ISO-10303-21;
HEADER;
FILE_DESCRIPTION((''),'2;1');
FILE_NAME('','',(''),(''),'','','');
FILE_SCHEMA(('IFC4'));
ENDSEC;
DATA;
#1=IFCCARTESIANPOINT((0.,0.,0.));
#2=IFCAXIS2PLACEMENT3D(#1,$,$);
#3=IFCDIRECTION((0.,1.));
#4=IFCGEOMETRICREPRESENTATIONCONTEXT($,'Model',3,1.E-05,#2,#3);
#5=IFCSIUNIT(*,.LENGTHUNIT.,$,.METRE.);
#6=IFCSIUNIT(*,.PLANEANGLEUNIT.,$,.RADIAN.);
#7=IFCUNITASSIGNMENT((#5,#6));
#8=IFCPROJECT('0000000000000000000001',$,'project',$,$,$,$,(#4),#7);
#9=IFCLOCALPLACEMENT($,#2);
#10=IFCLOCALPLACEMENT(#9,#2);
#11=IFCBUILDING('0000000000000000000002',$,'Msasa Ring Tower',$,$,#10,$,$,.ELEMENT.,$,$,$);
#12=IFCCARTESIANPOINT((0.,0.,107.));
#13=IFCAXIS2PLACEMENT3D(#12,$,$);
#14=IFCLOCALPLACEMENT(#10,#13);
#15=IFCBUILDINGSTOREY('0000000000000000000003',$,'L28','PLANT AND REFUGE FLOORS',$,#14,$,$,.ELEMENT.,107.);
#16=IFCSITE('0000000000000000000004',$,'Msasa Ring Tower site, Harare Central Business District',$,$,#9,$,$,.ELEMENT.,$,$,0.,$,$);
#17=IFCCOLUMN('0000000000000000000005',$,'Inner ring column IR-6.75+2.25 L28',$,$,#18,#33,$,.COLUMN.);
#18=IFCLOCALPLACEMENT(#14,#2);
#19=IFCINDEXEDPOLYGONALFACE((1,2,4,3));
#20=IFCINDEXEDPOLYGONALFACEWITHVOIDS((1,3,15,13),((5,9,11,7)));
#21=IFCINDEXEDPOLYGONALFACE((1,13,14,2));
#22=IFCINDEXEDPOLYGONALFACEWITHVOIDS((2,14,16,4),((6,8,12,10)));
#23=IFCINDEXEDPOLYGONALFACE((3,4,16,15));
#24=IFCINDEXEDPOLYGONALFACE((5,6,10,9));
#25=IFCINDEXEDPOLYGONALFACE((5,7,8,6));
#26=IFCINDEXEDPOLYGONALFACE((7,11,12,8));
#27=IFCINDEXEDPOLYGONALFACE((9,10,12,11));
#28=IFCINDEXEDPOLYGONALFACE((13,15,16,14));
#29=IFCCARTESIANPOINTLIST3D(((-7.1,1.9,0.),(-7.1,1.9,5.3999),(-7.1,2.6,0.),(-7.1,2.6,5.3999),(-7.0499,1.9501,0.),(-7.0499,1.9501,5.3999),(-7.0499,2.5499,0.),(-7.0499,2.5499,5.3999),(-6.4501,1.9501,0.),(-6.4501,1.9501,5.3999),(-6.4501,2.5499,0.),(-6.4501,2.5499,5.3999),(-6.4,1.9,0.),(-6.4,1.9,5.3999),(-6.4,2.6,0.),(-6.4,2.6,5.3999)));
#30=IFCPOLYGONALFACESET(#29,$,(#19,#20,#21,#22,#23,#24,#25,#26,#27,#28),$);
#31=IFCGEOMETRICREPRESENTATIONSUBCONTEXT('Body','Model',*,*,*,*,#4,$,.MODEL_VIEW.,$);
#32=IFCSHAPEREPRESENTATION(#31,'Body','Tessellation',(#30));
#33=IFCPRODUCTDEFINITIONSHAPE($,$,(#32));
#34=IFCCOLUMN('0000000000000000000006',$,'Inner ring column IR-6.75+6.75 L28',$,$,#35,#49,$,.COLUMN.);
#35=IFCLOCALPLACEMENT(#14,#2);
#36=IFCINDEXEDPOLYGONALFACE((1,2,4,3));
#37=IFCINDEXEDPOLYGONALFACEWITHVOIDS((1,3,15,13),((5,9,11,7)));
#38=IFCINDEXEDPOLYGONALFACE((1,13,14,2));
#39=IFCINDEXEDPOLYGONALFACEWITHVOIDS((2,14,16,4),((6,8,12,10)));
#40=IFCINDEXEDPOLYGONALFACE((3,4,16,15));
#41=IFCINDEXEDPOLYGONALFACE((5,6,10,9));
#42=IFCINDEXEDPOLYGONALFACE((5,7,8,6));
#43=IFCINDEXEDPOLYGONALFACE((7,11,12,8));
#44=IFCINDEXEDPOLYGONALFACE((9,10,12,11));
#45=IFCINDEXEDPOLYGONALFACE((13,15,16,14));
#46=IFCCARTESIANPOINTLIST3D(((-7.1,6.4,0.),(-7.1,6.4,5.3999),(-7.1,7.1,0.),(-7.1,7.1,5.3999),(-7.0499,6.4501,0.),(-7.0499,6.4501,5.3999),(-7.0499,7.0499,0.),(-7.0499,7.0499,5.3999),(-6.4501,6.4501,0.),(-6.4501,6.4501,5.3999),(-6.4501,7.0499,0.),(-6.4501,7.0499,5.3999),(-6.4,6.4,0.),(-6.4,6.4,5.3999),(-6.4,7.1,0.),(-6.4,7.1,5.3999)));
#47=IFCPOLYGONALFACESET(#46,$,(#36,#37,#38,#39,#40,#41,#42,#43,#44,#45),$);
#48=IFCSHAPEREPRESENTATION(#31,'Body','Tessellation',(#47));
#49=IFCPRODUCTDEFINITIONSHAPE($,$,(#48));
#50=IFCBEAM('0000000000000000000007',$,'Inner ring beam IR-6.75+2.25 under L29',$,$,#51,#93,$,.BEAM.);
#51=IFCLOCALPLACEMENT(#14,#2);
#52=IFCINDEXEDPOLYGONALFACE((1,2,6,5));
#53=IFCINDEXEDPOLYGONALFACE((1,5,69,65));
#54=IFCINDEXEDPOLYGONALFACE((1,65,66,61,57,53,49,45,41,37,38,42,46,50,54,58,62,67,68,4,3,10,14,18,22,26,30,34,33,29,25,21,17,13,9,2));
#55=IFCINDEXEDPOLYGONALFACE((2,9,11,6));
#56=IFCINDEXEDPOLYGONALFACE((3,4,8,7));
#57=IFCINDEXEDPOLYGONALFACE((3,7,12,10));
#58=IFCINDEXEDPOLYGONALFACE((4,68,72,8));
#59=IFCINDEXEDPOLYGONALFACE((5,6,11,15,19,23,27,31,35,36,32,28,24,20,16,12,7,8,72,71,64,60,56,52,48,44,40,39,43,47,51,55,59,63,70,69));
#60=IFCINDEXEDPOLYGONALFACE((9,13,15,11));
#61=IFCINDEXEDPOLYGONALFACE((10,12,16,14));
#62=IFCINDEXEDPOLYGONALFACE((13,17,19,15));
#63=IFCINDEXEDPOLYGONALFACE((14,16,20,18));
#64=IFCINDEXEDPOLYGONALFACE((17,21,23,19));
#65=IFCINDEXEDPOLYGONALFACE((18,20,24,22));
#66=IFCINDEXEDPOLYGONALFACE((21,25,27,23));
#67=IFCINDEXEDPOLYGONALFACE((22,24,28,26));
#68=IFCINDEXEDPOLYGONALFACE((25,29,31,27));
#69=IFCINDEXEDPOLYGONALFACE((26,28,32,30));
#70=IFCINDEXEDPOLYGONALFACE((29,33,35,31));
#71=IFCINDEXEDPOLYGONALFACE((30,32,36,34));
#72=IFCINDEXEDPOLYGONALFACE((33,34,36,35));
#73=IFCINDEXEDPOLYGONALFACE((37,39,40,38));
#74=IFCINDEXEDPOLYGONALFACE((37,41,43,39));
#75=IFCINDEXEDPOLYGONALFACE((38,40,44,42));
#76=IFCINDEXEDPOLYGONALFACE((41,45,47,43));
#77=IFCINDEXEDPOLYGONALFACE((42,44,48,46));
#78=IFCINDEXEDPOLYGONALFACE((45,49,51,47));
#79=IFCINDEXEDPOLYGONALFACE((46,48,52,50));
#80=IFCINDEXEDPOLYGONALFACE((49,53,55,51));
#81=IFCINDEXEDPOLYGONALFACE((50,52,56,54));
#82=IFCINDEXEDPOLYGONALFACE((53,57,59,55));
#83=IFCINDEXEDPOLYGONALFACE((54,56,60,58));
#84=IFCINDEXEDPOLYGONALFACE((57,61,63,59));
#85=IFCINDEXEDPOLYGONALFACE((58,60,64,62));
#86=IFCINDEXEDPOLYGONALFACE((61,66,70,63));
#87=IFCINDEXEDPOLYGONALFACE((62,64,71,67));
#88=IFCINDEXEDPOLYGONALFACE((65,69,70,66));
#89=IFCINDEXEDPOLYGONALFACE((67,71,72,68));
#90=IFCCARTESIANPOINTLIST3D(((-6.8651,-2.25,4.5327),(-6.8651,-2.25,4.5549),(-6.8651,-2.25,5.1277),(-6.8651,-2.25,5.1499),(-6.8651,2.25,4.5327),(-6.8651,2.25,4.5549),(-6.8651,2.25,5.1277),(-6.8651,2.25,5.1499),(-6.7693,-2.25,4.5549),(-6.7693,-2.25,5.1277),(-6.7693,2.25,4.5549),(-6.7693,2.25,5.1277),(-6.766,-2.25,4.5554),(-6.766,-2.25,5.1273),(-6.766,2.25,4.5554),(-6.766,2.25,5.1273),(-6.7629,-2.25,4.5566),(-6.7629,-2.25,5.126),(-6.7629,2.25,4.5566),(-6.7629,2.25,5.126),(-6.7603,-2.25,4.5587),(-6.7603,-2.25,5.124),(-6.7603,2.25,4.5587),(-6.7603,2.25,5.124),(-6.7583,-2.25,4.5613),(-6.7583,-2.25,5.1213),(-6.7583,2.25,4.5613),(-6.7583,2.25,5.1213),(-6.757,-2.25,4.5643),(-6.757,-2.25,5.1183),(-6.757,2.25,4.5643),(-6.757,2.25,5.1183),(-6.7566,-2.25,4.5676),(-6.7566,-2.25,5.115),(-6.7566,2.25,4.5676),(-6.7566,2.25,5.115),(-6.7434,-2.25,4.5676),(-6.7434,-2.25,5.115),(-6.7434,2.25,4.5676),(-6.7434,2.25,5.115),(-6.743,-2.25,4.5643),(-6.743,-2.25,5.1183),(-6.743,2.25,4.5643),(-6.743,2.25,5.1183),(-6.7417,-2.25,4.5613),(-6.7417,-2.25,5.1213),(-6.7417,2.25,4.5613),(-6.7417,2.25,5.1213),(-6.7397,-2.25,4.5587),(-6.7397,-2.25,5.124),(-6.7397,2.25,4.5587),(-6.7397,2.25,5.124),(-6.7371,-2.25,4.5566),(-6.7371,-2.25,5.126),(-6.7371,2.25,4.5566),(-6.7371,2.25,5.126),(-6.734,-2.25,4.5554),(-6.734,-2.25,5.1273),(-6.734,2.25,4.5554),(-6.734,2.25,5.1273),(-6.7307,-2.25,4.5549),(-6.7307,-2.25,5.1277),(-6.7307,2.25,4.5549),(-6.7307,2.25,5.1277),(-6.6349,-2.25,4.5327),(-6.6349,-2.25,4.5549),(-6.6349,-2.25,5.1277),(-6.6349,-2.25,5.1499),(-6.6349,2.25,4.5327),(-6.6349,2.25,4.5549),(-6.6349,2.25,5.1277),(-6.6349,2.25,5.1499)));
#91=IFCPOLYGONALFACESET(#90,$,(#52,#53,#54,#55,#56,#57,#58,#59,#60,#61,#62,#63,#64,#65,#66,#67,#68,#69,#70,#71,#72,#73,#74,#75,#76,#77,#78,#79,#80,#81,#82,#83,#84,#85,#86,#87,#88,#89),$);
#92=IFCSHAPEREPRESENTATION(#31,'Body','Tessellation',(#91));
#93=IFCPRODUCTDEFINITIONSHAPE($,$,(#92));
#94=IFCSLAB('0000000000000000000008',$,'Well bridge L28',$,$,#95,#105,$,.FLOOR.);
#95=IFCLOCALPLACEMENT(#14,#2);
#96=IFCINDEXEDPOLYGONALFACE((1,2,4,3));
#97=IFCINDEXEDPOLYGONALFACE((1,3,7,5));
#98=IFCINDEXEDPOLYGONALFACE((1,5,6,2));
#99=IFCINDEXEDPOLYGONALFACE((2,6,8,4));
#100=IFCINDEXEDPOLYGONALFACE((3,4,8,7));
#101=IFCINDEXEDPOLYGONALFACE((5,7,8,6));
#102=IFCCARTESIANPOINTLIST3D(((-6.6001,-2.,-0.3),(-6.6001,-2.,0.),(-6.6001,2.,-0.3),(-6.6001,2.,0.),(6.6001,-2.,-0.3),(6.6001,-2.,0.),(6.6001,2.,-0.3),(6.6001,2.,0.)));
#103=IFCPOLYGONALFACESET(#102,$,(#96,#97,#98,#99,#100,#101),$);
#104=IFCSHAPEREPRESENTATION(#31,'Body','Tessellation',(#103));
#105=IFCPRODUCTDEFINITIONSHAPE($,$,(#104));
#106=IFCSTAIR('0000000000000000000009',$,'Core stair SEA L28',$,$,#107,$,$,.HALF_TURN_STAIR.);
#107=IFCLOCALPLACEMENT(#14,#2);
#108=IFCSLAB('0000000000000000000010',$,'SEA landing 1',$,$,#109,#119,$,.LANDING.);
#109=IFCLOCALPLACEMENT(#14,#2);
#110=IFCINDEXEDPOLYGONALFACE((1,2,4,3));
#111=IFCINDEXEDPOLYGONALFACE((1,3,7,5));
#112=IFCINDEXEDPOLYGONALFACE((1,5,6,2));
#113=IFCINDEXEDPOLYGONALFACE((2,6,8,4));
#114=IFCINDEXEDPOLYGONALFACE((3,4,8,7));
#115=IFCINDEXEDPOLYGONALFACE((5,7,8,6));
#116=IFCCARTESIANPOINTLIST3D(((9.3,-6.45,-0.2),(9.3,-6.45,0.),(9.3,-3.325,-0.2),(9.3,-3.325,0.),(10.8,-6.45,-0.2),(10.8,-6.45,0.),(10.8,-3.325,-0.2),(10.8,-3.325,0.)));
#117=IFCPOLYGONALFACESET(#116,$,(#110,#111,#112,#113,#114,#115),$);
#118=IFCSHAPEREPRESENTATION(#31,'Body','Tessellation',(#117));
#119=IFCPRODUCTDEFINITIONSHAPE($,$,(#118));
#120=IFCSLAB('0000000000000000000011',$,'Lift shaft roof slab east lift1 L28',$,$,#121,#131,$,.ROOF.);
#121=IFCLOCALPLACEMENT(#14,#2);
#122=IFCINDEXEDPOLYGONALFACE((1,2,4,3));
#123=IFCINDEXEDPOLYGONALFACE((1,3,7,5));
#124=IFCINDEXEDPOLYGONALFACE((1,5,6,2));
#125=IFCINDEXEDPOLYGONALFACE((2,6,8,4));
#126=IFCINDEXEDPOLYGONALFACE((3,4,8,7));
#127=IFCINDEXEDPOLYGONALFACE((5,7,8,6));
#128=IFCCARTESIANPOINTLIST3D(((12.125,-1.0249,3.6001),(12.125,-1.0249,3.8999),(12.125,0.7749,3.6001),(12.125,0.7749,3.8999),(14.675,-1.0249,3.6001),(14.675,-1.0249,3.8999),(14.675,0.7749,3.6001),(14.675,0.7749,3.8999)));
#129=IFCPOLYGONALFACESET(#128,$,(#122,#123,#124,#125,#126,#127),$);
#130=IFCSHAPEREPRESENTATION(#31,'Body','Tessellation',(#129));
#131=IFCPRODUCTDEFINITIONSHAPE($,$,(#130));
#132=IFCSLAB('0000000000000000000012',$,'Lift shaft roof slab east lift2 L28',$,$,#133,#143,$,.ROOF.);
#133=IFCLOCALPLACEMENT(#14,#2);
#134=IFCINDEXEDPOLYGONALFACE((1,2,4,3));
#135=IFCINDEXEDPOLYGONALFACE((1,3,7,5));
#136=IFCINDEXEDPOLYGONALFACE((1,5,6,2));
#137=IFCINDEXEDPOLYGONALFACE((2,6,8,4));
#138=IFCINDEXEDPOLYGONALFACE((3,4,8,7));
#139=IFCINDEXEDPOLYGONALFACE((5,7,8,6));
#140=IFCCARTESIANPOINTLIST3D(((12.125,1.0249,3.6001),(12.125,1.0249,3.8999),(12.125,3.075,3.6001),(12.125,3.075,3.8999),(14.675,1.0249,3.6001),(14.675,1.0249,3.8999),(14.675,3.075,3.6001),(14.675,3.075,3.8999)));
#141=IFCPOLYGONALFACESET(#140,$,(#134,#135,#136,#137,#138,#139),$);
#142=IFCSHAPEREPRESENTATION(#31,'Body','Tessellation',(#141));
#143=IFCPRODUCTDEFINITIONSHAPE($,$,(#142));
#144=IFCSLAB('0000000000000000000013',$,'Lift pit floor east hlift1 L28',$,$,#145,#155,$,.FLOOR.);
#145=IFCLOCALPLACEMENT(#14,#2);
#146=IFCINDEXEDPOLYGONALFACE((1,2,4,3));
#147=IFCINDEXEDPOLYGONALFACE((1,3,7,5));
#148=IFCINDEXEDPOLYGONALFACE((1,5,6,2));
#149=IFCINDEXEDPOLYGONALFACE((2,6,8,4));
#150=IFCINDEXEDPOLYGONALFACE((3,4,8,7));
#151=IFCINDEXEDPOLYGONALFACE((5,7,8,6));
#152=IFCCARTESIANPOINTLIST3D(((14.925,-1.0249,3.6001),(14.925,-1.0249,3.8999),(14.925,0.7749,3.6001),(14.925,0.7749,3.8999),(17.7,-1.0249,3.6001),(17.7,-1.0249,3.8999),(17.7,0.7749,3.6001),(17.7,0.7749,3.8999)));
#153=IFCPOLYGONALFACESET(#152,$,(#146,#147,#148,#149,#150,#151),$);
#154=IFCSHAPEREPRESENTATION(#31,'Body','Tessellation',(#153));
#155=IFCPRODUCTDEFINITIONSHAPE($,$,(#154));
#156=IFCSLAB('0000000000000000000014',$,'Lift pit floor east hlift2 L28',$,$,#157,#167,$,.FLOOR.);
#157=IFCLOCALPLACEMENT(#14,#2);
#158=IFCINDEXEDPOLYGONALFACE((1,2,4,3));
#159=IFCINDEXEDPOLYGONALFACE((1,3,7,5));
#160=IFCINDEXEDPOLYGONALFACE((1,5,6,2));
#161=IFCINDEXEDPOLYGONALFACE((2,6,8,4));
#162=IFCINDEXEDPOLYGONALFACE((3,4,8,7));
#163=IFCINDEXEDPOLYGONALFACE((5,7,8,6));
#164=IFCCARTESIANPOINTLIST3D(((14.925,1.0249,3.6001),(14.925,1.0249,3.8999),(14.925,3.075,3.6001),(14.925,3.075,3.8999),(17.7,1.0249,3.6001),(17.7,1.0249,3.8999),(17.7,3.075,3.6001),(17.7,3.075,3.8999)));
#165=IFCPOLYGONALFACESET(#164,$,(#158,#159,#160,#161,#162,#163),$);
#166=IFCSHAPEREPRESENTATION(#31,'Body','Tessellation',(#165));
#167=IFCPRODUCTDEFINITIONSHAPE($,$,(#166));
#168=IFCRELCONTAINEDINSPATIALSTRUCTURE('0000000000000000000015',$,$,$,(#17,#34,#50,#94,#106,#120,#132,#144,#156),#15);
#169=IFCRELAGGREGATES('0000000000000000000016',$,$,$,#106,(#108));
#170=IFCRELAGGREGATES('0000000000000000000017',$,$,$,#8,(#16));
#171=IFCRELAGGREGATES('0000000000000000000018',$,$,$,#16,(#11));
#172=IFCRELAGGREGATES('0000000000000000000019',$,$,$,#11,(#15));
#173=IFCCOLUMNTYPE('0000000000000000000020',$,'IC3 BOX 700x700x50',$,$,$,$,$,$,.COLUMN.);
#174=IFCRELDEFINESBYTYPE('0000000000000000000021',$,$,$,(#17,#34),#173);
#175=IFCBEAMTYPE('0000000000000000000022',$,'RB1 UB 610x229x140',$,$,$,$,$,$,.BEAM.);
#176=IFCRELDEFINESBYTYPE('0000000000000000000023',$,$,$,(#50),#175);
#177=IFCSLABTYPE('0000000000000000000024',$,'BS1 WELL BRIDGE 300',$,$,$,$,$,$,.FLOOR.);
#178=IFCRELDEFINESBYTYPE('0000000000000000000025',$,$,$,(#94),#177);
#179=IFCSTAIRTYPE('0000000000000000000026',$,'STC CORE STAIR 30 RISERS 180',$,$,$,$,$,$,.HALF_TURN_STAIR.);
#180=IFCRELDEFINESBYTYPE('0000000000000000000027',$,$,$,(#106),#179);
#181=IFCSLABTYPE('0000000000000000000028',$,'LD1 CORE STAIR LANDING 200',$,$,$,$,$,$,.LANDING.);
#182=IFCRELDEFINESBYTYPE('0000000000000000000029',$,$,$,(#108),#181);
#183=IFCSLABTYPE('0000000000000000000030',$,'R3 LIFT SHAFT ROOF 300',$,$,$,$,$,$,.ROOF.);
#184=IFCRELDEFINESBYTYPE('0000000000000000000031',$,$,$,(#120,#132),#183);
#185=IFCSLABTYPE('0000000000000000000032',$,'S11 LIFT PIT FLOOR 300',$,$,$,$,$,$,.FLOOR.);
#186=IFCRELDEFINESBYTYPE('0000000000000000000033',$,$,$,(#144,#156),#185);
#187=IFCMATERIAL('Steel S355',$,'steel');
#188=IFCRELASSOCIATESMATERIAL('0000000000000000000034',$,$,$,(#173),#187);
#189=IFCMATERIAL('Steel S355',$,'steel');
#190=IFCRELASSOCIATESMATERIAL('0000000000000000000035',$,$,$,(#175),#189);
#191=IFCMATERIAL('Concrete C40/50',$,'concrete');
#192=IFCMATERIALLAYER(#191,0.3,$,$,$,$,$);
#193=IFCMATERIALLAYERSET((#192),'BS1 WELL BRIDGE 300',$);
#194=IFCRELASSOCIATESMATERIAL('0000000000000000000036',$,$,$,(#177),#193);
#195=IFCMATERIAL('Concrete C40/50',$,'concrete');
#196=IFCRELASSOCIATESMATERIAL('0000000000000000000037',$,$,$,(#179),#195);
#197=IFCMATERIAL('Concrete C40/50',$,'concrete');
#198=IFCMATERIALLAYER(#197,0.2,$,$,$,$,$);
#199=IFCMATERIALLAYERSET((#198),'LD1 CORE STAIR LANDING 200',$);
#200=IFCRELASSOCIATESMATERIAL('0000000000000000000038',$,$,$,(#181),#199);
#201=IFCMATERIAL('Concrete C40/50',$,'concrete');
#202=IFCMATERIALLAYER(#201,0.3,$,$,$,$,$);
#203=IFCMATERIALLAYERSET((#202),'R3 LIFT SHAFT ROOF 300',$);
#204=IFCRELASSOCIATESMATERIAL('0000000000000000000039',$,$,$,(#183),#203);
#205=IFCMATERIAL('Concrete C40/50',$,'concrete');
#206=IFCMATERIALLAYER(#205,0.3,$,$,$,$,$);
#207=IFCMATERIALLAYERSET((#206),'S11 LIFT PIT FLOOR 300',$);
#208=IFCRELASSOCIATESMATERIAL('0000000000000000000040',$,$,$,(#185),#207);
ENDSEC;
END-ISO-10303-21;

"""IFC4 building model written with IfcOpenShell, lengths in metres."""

from ifc_helpers import new_model, si_unit, direction, frame, origin, origin_2d, place, context, subcontext, project, spatial, polyline, hollow_rectangle, i_section, outline, extrude, material, layer, layer_set, material_profile, profile_set, type_object, element, aggregate, save


model = new_model("IFC4")

# Units and contexts
model_context = context("Model", 3, precision=1e-05, world=origin(), true_north=direction((0.0, 1.0)))
body_context = subcontext(model_context, "Body", "Model", "MODEL_VIEW")
ifc_project = project(units=[si_unit("LENGTHUNIT", "METRE"), si_unit("PLANEANGLEUNIT", "RADIAN")], contexts=[model_context])

# Site, building, storey
site_placement = place(None, origin())
site = spatial("IfcSite", under=ifc_project, at=site_placement, Name="Msasa Ring Tower site, Harare Central Business District", CompositionType="ELEMENT", RefElevation=0.0)
building_placement = place(site_placement, origin())
building = spatial("IfcBuilding", under=site, at=building_placement, Name="Msasa Ring Tower", CompositionType="ELEMENT")
storey_placement = place(building_placement, frame((0.0, 0.0, 107.0)))
storey = spatial("IfcBuildingStorey", under=building, at=storey_placement, Name="L28", Description="PLANT AND REFUGE FLOORS", CompositionType="ELEMENT", Elevation=107.0)

# Columns
ifc_material_1 = material(Name="Steel S355", Category="steel")
ifc_material_profile_1 = material_profile(ifc_material_1, hollow_rectangle(XDim=0.7, YDim=0.7, WallThickness=0.05, at=origin_2d()), Name="BOX 700x700x50")
ifc_profile_set_1 = profile_set([ifc_material_profile_1], Name="Steel S355")
column_type = type_object("IfcColumnType", Name="IC3 BOX 700x700x50", PredefinedType="COLUMN", material=ifc_profile_set_1)
for number, where, z_axis, x_axis, name in (
    (1, (-6.75, 2.25, 0.0), (0.0, 0.0, 1.0), (1.0, 0.0, 0.0), "Inner ring column IR-6.75+2.25 L28"),
    (2, (-6.75, 6.75, 0.0), (0.0, 0.0, 1.0), (1.0, 0.0, 0.0), "Inner ring column IR-6.75+6.75 L28"),
):
    element("IfcColumn", number, at=place(storey_placement, frame(where, z_axis=z_axis, x_axis=x_axis)), inside=storey, type_object=column_type, Name=name, PredefinedType="COLUMN", context=body_context, shape_type="SweptSolid", body=[
        extrude(hollow_rectangle(XDim=0.7, YDim=0.7, WallThickness=0.05, at=origin_2d()), origin(), (0.0, 0.0, 1.0), 5.3999),
    ])

# Beam
ifc_material_2 = material(Name="Steel S355", Category="steel")
ifc_material_profile_2 = material_profile(ifc_material_2, i_section(OverallWidth=0.2302, OverallDepth=0.6172, WebThickness=0.0132, FlangeThickness=0.0222, FilletRadius=0.0127, at=origin_2d()), Name="UB 610x229x140")
ifc_profile_set_2 = profile_set([ifc_material_profile_2], Name="Steel S355")
beam_type = type_object("IfcBeamType", Name="RB1 UB 610x229x140", PredefinedType="BEAM", material=ifc_profile_set_2)
beam_placement = place(storey_placement, frame((-6.75, 2.25, 4.8413), z_axis=(0.0, -1.0, 0.0), x_axis=(1.0, 0.0, 0.0)))
element("IfcBeam", 3, at=beam_placement, inside=storey, type_object=beam_type, Name="Inner ring beam IR-6.75+2.25 under L29", PredefinedType="BEAM", context=body_context, shape_type="SweptSolid", body=[
    extrude(i_section(OverallWidth=0.2302, OverallDepth=0.6172, WebThickness=0.0132, FlangeThickness=0.0222, FilletRadius=0.0127, at=origin_2d()), origin(), (0.0, 0.0, 1.0), 4.5),
])

# Slab
ifc_material_3 = material(Name="Concrete C40/50", Category="concrete")
ifc_layer_1 = layer(ifc_material_3, 0.3)
ifc_layer_set_1 = layer_set([ifc_layer_1], Name="BS1 WELL BRIDGE 300")
slab_type_1 = type_object("IfcSlabType", Name="BS1 WELL BRIDGE 300", PredefinedType="FLOOR", material=ifc_layer_set_1)
slab_1_placement = place(storey_placement, frame((0.0, 0.0, -0.3)))
element("IfcSlab", 4, at=slab_1_placement, inside=storey, type_object=slab_type_1, Name="Well bridge L28", PredefinedType="FLOOR", context=body_context, shape_type="SweptSolid", body=[
    extrude(outline(polyline([(-6.6001, -2.0), (6.6001, -2.0), (6.6001, 2.0), (-6.6001, 2.0), (-6.6001, -2.0)])), origin(), (0.0, 0.0, 1.0), 0.3),
])

# Stair, slab
ifc_material_4 = material(Name="Concrete C40/50", Category="concrete")
stair_type = type_object("IfcStairType", Name="STC CORE STAIR 30 RISERS 180", PredefinedType="HALF_TURN_STAIR", material=ifc_material_4)
stair_1_placement = place(storey_placement, origin())
stair_1 = element("IfcStair", 5, at=stair_1_placement, inside=storey, type_object=stair_type, Name="Core stair SEA L28", PredefinedType="HALF_TURN_STAIR")
ifc_material_5 = material(Name="Concrete C40/50", Category="concrete")
ifc_layer_2 = layer(ifc_material_5, 0.2)
ifc_layer_set_2 = layer_set([ifc_layer_2], Name="LD1 CORE STAIR LANDING 200")
slab_type_2 = type_object("IfcSlabType", Name="LD1 CORE STAIR LANDING 200", PredefinedType="LANDING", material=ifc_layer_set_2)
slab_2_placement = place(storey_placement, frame((0.0, 0.0, -0.2)))
slab_2 = element("IfcSlab", 6, at=slab_2_placement, type_object=slab_type_2, Name="SEA landing 1", PredefinedType="LANDING", context=body_context, shape_type="SweptSolid", body=[
    extrude(outline(polyline([(9.3, -6.45), (10.8, -6.45), (10.8, -3.325), (9.3, -3.325), (9.3, -6.45)])), origin(), (0.0, 0.0, 1.0), 0.2),
])
aggregate(stair_1, [slab_2])

# Slabs
ifc_material_6 = material(Name="Concrete C40/50", Category="concrete")
ifc_layer_3 = layer(ifc_material_6, 0.3)
ifc_layer_set_3 = layer_set([ifc_layer_3], Name="R3 LIFT SHAFT ROOF 300")
slab_type_3 = type_object("IfcSlabType", Name="R3 LIFT SHAFT ROOF 300", PredefinedType="ROOF", material=ifc_layer_set_3)
slab_3_placement = place(storey_placement, frame((0.0, 0.0, 3.6001)))
element("IfcSlab", 7, at=slab_3_placement, inside=storey, type_object=slab_type_3, Name="Lift shaft roof slab east lift1 L28", PredefinedType="ROOF", context=body_context, shape_type="SweptSolid", body=[
    extrude(outline(polyline([(12.125, -1.0249), (14.675, -1.0249), (14.675, 0.7749), (12.125, 0.7749), (12.125, -1.0249)])), origin(), (0.0, 0.0, 1.0), 0.2998),
])
slab_4_placement = place(storey_placement, frame((0.0, 0.0, 3.6001)))
element("IfcSlab", 8, at=slab_4_placement, inside=storey, type_object=slab_type_3, Name="Lift shaft roof slab east lift2 L28", PredefinedType="ROOF", context=body_context, shape_type="SweptSolid", body=[
    extrude(outline(polyline([(12.125, 1.0249), (14.675, 1.0249), (14.675, 3.075), (12.125, 3.075), (12.125, 1.0249)])), origin(), (0.0, 0.0, 1.0), 0.2998),
])
ifc_material_7 = material(Name="Concrete C40/50", Category="concrete")
ifc_layer_4 = layer(ifc_material_7, 0.3)
ifc_layer_set_4 = layer_set([ifc_layer_4], Name="S11 LIFT PIT FLOOR 300")
slab_type_4 = type_object("IfcSlabType", Name="S11 LIFT PIT FLOOR 300", PredefinedType="FLOOR", material=ifc_layer_set_4)
slab_5_placement = place(storey_placement, frame((0.0, 0.0, 3.6001)))
element("IfcSlab", 9, at=slab_5_placement, inside=storey, type_object=slab_type_4, Name="Lift pit floor east hlift1 L28", PredefinedType="FLOOR", context=body_context, shape_type="SweptSolid", body=[
    extrude(outline(polyline([(14.925, -1.0249), (17.7, -1.0249), (17.7, 0.7749), (14.925, 0.7749), (14.925, -1.0249)])), origin(), (0.0, 0.0, 1.0), 0.2998),
])
slab_6_placement = place(storey_placement, frame((0.0, 0.0, 3.6001)))
element("IfcSlab", 10, at=slab_6_placement, inside=storey, type_object=slab_type_4, Name="Lift pit floor east hlift2 L28", PredefinedType="FLOOR", context=body_context, shape_type="SweptSolid", body=[
    extrude(outline(polyline([(14.925, 1.0249), (17.7, 1.0249), (17.7, 3.075), (14.925, 3.075), (14.925, 1.0249)])), origin(), (0.0, 0.0, 1.0), 0.2998),
])

save(model, "model.ifc")
